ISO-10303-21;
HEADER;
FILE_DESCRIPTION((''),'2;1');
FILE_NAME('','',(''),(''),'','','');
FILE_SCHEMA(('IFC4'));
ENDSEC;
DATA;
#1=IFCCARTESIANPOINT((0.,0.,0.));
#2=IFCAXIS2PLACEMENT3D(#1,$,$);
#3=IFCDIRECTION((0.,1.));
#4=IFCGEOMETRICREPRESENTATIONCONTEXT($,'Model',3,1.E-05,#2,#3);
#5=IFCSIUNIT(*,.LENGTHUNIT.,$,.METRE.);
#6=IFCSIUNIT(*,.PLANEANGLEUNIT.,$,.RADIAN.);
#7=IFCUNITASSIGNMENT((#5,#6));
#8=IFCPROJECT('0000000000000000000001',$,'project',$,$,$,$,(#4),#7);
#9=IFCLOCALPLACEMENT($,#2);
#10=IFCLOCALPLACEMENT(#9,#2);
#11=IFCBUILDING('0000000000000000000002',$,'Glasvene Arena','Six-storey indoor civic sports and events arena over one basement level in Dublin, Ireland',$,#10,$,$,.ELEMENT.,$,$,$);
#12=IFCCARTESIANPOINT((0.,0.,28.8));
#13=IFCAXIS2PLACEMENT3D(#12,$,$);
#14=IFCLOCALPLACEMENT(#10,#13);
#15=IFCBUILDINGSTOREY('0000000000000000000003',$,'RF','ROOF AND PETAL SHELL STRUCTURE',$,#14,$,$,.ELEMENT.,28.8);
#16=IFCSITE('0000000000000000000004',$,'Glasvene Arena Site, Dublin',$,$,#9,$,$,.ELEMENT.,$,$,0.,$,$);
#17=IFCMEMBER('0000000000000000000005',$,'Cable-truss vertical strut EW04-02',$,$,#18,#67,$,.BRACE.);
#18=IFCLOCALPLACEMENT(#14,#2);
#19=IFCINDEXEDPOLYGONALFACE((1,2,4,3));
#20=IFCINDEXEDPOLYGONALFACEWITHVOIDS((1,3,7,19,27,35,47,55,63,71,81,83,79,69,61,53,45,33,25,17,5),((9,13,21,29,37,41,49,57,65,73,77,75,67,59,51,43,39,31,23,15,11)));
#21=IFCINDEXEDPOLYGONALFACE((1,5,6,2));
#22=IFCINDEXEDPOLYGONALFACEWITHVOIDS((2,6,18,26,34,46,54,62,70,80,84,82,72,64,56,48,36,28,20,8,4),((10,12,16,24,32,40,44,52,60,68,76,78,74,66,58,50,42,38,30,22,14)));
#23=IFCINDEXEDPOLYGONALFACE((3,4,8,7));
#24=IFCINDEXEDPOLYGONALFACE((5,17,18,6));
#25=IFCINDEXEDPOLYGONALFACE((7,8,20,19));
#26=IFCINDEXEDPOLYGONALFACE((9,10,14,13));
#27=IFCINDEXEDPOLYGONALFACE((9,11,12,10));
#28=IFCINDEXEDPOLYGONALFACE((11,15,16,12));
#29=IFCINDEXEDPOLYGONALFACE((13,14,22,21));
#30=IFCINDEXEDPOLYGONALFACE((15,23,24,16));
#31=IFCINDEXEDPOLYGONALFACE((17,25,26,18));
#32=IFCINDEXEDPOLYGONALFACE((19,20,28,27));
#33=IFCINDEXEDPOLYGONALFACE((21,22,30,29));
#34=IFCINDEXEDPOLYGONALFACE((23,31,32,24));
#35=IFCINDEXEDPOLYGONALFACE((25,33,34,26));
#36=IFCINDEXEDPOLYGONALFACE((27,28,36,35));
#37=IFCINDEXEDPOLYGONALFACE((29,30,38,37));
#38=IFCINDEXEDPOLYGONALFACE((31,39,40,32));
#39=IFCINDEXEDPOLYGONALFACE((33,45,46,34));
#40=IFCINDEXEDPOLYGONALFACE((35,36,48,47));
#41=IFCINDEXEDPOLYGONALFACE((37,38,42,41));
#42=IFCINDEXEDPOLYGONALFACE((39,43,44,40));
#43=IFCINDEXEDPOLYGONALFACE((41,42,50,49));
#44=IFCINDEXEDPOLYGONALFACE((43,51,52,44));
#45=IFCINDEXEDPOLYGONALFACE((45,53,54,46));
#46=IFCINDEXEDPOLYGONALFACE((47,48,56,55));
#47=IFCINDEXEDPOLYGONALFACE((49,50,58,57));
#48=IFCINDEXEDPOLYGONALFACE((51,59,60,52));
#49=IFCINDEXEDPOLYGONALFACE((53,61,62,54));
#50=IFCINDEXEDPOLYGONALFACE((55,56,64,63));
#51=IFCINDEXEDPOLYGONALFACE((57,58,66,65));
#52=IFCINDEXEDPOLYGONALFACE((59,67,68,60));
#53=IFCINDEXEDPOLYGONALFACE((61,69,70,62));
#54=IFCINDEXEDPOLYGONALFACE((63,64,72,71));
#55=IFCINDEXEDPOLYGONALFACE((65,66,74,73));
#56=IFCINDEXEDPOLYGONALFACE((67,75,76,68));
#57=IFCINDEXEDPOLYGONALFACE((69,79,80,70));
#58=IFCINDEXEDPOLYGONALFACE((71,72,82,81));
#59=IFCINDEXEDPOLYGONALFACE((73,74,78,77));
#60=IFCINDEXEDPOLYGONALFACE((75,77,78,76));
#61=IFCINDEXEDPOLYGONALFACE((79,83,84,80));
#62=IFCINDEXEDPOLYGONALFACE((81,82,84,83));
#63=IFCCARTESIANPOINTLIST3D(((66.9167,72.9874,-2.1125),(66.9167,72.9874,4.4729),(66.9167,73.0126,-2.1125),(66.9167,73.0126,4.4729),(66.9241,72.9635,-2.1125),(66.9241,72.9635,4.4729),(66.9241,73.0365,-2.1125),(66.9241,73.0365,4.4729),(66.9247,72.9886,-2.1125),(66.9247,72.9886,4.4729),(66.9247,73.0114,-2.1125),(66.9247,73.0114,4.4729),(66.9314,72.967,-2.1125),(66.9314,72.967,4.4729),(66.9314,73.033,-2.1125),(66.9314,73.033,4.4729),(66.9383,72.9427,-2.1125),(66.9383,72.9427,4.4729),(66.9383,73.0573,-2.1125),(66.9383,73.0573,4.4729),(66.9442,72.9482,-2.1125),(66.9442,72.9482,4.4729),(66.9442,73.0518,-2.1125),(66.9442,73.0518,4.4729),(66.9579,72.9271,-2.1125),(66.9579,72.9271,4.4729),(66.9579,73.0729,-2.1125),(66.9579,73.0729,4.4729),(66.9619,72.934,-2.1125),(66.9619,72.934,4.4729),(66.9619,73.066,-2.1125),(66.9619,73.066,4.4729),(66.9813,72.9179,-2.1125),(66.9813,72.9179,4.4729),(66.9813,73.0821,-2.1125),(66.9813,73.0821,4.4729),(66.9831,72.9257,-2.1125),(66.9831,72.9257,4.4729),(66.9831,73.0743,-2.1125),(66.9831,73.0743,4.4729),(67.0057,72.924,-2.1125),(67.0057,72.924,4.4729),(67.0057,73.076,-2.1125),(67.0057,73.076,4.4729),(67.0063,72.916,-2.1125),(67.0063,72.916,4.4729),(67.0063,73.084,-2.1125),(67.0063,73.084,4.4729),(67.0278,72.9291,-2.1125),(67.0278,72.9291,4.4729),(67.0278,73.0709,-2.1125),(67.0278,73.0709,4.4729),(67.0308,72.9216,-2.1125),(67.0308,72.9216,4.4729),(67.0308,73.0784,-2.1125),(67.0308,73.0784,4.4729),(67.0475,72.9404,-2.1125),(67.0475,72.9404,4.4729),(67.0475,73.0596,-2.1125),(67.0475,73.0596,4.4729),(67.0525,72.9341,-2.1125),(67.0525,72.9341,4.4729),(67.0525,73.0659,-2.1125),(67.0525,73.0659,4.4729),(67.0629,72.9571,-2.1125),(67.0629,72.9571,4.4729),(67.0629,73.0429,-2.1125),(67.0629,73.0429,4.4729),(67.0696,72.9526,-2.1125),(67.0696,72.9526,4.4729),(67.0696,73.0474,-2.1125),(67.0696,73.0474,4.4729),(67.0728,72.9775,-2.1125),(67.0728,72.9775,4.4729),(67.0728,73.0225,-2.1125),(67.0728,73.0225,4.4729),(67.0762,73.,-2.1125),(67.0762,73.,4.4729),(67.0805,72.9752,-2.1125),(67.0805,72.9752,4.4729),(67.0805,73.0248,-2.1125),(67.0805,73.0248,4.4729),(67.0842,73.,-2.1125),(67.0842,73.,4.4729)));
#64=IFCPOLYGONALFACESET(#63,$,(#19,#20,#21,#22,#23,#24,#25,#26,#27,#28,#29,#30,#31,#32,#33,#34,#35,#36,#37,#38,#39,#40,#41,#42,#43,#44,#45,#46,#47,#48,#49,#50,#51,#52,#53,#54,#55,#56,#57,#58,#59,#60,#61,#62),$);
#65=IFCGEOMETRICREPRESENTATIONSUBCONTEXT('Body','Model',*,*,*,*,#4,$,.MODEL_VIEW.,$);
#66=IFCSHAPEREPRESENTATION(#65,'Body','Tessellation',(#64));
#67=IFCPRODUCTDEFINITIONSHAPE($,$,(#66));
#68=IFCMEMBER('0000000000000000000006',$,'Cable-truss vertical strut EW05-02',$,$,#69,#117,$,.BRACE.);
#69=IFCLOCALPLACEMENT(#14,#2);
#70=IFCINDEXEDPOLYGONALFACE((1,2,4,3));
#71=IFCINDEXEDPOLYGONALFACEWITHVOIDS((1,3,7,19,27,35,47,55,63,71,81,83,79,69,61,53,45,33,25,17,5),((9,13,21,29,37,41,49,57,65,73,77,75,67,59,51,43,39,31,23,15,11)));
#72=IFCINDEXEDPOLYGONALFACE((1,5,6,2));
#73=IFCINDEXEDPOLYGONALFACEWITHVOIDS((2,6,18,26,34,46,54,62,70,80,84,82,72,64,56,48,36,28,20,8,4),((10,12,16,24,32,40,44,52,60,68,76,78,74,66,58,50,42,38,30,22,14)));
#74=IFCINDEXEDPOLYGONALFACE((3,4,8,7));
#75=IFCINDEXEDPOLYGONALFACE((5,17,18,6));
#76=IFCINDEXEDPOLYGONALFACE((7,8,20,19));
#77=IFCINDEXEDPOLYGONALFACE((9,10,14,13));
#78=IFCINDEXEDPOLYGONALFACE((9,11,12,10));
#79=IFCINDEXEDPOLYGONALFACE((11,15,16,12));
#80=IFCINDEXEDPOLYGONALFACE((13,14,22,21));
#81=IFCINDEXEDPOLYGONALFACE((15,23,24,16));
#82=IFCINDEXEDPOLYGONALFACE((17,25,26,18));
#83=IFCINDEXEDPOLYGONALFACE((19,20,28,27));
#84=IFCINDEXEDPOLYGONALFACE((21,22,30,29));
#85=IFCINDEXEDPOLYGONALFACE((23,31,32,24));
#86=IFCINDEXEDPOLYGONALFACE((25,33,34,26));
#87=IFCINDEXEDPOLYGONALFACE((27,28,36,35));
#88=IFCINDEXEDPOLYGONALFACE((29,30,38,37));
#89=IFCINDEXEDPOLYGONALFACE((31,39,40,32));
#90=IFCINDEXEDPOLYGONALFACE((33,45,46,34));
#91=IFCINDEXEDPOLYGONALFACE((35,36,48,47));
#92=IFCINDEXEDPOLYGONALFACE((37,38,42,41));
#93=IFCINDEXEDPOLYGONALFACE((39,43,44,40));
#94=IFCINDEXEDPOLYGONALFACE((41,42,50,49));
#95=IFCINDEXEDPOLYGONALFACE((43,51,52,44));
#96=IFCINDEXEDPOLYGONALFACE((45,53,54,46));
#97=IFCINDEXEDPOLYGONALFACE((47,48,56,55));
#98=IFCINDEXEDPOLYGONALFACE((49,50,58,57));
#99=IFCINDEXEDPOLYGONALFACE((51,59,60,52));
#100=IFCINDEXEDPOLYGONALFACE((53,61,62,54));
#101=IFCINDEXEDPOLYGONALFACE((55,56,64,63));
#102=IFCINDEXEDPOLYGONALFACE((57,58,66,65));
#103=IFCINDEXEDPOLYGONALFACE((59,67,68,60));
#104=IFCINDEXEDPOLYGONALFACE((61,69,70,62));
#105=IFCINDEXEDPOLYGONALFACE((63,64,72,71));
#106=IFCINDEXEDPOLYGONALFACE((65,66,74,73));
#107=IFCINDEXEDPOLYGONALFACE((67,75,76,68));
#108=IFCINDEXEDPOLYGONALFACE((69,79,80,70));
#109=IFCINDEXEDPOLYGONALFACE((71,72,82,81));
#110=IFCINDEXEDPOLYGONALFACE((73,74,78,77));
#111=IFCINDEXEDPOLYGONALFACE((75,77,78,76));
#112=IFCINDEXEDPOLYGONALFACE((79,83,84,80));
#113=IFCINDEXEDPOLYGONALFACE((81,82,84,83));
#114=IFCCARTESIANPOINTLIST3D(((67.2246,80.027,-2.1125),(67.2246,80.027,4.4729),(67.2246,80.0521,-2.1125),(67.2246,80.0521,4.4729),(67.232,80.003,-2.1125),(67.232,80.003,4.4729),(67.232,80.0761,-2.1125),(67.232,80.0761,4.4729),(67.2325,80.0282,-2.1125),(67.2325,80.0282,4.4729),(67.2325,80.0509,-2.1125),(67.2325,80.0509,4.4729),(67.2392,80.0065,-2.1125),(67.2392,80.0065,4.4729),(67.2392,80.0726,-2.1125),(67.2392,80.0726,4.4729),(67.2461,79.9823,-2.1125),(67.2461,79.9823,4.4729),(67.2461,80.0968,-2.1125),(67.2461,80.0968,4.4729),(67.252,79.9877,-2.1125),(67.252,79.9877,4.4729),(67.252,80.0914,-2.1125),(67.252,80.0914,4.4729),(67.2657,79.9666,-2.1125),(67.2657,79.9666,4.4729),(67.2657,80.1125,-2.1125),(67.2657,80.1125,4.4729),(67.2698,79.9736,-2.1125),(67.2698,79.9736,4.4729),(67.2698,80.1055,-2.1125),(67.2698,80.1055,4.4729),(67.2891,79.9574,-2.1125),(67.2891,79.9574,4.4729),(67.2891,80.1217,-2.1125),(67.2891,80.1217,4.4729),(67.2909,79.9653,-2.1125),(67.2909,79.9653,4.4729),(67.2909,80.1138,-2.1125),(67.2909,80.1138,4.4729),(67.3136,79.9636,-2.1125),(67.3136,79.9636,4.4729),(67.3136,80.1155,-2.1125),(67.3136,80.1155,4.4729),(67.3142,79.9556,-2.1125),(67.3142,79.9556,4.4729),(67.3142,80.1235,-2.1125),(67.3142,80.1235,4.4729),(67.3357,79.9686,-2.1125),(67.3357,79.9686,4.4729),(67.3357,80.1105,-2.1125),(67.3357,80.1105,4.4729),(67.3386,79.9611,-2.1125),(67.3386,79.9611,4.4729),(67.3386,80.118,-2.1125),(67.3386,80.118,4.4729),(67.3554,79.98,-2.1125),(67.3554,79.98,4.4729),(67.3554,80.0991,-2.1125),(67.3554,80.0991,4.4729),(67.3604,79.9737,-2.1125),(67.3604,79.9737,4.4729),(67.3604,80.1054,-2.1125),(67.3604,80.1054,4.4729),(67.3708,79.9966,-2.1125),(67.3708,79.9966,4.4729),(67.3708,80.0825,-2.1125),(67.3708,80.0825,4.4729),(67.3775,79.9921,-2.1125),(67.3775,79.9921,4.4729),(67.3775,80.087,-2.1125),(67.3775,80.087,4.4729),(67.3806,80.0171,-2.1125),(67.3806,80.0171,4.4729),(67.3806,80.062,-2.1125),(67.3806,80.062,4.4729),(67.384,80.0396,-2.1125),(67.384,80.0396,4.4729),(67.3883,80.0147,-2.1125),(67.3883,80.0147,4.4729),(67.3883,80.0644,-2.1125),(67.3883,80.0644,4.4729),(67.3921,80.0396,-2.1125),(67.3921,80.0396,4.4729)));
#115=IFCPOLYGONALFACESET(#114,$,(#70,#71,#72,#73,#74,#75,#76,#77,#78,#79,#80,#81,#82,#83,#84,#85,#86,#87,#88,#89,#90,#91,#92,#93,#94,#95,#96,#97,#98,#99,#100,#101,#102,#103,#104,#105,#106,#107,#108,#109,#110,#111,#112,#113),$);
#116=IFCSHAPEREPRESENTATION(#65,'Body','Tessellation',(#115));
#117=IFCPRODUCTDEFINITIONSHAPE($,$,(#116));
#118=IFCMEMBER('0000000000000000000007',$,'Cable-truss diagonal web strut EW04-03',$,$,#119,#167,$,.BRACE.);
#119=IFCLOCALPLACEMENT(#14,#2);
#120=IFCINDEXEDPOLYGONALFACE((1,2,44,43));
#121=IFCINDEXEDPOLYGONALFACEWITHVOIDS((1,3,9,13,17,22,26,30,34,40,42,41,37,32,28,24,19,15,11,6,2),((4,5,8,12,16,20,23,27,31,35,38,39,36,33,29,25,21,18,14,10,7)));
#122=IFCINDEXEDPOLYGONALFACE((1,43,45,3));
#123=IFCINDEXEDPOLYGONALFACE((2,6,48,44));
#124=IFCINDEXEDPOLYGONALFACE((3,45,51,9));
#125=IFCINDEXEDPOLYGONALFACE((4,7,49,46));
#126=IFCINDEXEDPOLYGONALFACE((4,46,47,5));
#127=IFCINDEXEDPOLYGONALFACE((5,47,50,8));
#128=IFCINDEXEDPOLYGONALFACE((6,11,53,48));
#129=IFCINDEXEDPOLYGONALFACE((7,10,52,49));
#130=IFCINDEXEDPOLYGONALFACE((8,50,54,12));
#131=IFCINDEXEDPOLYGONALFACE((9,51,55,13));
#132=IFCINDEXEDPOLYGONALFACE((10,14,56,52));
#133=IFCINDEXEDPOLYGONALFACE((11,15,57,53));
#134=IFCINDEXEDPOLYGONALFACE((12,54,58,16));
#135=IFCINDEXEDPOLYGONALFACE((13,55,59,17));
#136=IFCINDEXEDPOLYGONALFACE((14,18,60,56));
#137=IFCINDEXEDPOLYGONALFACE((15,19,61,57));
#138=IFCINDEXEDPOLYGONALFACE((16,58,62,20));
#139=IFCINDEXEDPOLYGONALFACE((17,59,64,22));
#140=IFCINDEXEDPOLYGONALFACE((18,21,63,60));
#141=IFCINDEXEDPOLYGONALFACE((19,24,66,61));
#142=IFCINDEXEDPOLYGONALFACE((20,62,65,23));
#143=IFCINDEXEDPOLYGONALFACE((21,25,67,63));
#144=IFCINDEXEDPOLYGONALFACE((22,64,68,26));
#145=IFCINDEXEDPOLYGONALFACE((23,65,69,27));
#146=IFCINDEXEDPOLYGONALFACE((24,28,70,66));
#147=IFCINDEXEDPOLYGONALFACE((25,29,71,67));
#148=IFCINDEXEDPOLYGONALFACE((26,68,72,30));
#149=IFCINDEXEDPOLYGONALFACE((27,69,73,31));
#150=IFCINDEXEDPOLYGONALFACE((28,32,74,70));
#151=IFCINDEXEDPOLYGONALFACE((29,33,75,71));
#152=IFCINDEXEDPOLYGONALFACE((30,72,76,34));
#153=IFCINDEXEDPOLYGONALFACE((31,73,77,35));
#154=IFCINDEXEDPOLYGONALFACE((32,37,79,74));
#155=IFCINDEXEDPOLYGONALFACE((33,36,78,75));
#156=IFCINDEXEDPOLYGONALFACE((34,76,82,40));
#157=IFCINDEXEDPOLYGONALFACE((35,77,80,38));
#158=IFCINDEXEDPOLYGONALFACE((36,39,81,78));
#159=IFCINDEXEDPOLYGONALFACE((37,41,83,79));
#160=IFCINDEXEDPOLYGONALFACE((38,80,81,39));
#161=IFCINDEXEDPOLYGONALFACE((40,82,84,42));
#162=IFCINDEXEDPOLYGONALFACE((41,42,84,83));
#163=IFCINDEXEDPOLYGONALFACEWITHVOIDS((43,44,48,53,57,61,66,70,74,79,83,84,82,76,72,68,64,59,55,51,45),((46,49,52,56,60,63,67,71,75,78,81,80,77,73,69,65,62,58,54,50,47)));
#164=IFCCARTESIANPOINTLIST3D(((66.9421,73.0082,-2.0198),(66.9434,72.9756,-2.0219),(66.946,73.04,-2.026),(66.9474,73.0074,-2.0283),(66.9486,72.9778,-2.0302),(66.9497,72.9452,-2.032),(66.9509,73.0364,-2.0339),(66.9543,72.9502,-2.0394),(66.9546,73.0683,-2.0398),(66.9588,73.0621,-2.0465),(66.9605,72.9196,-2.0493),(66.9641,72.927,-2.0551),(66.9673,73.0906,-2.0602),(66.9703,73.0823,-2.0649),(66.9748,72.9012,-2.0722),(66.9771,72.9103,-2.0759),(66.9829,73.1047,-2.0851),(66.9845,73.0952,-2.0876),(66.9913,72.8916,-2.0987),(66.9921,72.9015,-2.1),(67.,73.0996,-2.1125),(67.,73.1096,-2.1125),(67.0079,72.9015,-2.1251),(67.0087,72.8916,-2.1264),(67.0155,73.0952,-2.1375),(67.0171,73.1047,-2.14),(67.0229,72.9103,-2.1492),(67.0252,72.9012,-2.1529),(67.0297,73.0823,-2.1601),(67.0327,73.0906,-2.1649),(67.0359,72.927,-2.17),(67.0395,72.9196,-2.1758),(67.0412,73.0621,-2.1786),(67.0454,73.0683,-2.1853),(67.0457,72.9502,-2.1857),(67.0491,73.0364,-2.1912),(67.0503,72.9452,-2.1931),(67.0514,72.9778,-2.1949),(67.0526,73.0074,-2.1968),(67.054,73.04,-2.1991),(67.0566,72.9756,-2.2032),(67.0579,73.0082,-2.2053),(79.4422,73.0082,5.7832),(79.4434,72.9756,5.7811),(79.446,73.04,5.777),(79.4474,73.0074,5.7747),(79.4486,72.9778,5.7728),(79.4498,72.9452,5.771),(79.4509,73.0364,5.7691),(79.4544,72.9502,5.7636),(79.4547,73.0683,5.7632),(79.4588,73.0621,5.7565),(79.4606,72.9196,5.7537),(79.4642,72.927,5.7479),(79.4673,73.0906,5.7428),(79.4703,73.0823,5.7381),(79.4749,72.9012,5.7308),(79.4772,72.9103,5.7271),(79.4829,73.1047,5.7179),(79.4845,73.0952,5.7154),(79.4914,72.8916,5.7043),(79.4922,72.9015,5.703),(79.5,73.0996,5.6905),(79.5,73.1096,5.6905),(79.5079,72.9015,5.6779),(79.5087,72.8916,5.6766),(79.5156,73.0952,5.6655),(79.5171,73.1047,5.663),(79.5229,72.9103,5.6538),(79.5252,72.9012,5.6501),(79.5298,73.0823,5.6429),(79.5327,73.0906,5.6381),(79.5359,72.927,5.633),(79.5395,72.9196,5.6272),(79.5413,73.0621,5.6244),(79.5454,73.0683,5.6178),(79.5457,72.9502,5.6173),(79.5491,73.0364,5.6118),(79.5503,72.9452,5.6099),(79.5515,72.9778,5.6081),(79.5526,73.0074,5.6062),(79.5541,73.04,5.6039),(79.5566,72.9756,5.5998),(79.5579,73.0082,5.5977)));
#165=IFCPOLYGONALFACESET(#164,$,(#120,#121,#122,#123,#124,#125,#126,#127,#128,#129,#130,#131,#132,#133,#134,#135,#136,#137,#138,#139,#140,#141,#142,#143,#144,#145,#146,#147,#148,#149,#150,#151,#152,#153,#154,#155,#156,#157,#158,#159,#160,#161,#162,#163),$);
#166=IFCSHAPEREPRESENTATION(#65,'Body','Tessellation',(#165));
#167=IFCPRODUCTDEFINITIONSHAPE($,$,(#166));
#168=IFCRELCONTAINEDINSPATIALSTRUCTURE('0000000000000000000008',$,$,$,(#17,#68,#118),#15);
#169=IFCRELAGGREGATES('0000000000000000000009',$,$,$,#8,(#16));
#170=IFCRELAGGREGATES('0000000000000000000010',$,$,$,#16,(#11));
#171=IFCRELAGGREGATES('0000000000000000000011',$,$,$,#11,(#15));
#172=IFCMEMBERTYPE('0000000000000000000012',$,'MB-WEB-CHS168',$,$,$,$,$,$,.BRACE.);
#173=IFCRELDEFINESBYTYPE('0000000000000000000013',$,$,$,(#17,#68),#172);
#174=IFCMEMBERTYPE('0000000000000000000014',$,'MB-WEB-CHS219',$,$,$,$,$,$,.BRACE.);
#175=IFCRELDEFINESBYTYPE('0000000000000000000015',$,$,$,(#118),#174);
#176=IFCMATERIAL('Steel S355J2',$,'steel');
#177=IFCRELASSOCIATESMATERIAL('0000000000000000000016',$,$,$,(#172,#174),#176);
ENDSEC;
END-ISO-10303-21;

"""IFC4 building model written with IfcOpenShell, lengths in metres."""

from ifc_helpers import new_model, si_unit, direction, frame, origin, origin_2d, place, context, subcontext, project, spatial, hollow_circle, extrude, material, material_profile, profile_set, type_object, element, save


model = new_model("IFC4")

# Units and contexts
model_context = context("Model", 3, precision=1e-05, world=origin(), true_north=direction((0.0, 1.0)))
body_context = subcontext(model_context, "Body", "Model", "MODEL_VIEW")
ifc_project = project(units=[si_unit("LENGTHUNIT", "METRE"), si_unit("PLANEANGLEUNIT", "RADIAN")], contexts=[model_context])

# Site, building, storey
site_placement = place(None, origin())
site = spatial("IfcSite", under=ifc_project, at=site_placement, Name="Glasvene Arena Site, Dublin", CompositionType="ELEMENT", RefElevation=0.0)
building_placement = place(site_placement, origin())
building = spatial("IfcBuilding", under=site, at=building_placement, Name="Glasvene Arena", Description="Six-storey indoor civic sports and events arena over one basement level in Dublin, Ireland", CompositionType="ELEMENT")
storey_placement = place(building_placement, frame((0.0, 0.0, 28.8)))
storey = spatial("IfcBuildingStorey", under=building, at=storey_placement, Name="RF", Description="ROOF AND PETAL SHELL STRUCTURE", CompositionType="ELEMENT", Elevation=28.8)

# Members
ifc_material_1 = material(Name="Steel S355J2", Category="steel")
ifc_material_profile_1 = material_profile(ifc_material_1, hollow_circle(Radius=0.0842, WallThickness=0.0081, at=origin_2d()), Name="CHS 168.3x8.0")
ifc_profile_set_1 = profile_set([ifc_material_profile_1], Name="Steel S355J2")
member_type_1 = type_object("IfcMemberType", Name="MB-WEB-CHS168", PredefinedType="BRACE", material=ifc_profile_set_1)
for number, where, z_axis, x_axis, name in (
    (1, (67.0, 73.0, -2.1125), (0.0, 0.0, 1.0), (1.0, 0.0, 0.0), "Cable-truss vertical strut EW04-02"),
    (2, (67.3079, 80.0396, -2.1125), (0.0, 0.0, 1.0), (1.0, 0.0, 0.0), "Cable-truss vertical strut EW05-02"),
):
    element("IfcMember", number, at=place(storey_placement, frame(where, z_axis=z_axis, x_axis=x_axis)), inside=storey, type_object=member_type_1, Name=name, PredefinedType="BRACE", context=body_context, shape_type="SweptSolid", body=[
        extrude(hollow_circle(Radius=0.0842, WallThickness=0.0081, at=origin_2d()), origin(), (0.0, 0.0, 1.0), 6.5854),
    ])
ifc_material_profile_2 = material_profile(ifc_material_1, hollow_circle(Radius=0.1096, WallThickness=0.01, at=origin_2d()), Name="CHS 219.1x10.0")
ifc_profile_set_2 = profile_set([ifc_material_profile_2], Name="Steel S355J2")
member_type_2 = type_object("IfcMemberType", Name="MB-WEB-CHS219", PredefinedType="BRACE", material=ifc_profile_set_2)
member_1_placement = place(storey_placement, frame((67.0, 73.0, -2.1125), z_axis=(0.848289, 0.0, 0.529534), x_axis=(0.0, 1.0, 0.0)))
element("IfcMember", 3, at=member_1_placement, inside=storey, type_object=member_type_2, Name="Cable-truss diagonal web strut EW04-03", PredefinedType="BRACE", context=body_context, shape_type="SweptSolid", body=[
    extrude(hollow_circle(Radius=0.1096, WallThickness=0.01, at=origin_2d()), origin(), (0.0, 0.0, 1.0), 14.7356),
])

save(model, "model.ifc")
